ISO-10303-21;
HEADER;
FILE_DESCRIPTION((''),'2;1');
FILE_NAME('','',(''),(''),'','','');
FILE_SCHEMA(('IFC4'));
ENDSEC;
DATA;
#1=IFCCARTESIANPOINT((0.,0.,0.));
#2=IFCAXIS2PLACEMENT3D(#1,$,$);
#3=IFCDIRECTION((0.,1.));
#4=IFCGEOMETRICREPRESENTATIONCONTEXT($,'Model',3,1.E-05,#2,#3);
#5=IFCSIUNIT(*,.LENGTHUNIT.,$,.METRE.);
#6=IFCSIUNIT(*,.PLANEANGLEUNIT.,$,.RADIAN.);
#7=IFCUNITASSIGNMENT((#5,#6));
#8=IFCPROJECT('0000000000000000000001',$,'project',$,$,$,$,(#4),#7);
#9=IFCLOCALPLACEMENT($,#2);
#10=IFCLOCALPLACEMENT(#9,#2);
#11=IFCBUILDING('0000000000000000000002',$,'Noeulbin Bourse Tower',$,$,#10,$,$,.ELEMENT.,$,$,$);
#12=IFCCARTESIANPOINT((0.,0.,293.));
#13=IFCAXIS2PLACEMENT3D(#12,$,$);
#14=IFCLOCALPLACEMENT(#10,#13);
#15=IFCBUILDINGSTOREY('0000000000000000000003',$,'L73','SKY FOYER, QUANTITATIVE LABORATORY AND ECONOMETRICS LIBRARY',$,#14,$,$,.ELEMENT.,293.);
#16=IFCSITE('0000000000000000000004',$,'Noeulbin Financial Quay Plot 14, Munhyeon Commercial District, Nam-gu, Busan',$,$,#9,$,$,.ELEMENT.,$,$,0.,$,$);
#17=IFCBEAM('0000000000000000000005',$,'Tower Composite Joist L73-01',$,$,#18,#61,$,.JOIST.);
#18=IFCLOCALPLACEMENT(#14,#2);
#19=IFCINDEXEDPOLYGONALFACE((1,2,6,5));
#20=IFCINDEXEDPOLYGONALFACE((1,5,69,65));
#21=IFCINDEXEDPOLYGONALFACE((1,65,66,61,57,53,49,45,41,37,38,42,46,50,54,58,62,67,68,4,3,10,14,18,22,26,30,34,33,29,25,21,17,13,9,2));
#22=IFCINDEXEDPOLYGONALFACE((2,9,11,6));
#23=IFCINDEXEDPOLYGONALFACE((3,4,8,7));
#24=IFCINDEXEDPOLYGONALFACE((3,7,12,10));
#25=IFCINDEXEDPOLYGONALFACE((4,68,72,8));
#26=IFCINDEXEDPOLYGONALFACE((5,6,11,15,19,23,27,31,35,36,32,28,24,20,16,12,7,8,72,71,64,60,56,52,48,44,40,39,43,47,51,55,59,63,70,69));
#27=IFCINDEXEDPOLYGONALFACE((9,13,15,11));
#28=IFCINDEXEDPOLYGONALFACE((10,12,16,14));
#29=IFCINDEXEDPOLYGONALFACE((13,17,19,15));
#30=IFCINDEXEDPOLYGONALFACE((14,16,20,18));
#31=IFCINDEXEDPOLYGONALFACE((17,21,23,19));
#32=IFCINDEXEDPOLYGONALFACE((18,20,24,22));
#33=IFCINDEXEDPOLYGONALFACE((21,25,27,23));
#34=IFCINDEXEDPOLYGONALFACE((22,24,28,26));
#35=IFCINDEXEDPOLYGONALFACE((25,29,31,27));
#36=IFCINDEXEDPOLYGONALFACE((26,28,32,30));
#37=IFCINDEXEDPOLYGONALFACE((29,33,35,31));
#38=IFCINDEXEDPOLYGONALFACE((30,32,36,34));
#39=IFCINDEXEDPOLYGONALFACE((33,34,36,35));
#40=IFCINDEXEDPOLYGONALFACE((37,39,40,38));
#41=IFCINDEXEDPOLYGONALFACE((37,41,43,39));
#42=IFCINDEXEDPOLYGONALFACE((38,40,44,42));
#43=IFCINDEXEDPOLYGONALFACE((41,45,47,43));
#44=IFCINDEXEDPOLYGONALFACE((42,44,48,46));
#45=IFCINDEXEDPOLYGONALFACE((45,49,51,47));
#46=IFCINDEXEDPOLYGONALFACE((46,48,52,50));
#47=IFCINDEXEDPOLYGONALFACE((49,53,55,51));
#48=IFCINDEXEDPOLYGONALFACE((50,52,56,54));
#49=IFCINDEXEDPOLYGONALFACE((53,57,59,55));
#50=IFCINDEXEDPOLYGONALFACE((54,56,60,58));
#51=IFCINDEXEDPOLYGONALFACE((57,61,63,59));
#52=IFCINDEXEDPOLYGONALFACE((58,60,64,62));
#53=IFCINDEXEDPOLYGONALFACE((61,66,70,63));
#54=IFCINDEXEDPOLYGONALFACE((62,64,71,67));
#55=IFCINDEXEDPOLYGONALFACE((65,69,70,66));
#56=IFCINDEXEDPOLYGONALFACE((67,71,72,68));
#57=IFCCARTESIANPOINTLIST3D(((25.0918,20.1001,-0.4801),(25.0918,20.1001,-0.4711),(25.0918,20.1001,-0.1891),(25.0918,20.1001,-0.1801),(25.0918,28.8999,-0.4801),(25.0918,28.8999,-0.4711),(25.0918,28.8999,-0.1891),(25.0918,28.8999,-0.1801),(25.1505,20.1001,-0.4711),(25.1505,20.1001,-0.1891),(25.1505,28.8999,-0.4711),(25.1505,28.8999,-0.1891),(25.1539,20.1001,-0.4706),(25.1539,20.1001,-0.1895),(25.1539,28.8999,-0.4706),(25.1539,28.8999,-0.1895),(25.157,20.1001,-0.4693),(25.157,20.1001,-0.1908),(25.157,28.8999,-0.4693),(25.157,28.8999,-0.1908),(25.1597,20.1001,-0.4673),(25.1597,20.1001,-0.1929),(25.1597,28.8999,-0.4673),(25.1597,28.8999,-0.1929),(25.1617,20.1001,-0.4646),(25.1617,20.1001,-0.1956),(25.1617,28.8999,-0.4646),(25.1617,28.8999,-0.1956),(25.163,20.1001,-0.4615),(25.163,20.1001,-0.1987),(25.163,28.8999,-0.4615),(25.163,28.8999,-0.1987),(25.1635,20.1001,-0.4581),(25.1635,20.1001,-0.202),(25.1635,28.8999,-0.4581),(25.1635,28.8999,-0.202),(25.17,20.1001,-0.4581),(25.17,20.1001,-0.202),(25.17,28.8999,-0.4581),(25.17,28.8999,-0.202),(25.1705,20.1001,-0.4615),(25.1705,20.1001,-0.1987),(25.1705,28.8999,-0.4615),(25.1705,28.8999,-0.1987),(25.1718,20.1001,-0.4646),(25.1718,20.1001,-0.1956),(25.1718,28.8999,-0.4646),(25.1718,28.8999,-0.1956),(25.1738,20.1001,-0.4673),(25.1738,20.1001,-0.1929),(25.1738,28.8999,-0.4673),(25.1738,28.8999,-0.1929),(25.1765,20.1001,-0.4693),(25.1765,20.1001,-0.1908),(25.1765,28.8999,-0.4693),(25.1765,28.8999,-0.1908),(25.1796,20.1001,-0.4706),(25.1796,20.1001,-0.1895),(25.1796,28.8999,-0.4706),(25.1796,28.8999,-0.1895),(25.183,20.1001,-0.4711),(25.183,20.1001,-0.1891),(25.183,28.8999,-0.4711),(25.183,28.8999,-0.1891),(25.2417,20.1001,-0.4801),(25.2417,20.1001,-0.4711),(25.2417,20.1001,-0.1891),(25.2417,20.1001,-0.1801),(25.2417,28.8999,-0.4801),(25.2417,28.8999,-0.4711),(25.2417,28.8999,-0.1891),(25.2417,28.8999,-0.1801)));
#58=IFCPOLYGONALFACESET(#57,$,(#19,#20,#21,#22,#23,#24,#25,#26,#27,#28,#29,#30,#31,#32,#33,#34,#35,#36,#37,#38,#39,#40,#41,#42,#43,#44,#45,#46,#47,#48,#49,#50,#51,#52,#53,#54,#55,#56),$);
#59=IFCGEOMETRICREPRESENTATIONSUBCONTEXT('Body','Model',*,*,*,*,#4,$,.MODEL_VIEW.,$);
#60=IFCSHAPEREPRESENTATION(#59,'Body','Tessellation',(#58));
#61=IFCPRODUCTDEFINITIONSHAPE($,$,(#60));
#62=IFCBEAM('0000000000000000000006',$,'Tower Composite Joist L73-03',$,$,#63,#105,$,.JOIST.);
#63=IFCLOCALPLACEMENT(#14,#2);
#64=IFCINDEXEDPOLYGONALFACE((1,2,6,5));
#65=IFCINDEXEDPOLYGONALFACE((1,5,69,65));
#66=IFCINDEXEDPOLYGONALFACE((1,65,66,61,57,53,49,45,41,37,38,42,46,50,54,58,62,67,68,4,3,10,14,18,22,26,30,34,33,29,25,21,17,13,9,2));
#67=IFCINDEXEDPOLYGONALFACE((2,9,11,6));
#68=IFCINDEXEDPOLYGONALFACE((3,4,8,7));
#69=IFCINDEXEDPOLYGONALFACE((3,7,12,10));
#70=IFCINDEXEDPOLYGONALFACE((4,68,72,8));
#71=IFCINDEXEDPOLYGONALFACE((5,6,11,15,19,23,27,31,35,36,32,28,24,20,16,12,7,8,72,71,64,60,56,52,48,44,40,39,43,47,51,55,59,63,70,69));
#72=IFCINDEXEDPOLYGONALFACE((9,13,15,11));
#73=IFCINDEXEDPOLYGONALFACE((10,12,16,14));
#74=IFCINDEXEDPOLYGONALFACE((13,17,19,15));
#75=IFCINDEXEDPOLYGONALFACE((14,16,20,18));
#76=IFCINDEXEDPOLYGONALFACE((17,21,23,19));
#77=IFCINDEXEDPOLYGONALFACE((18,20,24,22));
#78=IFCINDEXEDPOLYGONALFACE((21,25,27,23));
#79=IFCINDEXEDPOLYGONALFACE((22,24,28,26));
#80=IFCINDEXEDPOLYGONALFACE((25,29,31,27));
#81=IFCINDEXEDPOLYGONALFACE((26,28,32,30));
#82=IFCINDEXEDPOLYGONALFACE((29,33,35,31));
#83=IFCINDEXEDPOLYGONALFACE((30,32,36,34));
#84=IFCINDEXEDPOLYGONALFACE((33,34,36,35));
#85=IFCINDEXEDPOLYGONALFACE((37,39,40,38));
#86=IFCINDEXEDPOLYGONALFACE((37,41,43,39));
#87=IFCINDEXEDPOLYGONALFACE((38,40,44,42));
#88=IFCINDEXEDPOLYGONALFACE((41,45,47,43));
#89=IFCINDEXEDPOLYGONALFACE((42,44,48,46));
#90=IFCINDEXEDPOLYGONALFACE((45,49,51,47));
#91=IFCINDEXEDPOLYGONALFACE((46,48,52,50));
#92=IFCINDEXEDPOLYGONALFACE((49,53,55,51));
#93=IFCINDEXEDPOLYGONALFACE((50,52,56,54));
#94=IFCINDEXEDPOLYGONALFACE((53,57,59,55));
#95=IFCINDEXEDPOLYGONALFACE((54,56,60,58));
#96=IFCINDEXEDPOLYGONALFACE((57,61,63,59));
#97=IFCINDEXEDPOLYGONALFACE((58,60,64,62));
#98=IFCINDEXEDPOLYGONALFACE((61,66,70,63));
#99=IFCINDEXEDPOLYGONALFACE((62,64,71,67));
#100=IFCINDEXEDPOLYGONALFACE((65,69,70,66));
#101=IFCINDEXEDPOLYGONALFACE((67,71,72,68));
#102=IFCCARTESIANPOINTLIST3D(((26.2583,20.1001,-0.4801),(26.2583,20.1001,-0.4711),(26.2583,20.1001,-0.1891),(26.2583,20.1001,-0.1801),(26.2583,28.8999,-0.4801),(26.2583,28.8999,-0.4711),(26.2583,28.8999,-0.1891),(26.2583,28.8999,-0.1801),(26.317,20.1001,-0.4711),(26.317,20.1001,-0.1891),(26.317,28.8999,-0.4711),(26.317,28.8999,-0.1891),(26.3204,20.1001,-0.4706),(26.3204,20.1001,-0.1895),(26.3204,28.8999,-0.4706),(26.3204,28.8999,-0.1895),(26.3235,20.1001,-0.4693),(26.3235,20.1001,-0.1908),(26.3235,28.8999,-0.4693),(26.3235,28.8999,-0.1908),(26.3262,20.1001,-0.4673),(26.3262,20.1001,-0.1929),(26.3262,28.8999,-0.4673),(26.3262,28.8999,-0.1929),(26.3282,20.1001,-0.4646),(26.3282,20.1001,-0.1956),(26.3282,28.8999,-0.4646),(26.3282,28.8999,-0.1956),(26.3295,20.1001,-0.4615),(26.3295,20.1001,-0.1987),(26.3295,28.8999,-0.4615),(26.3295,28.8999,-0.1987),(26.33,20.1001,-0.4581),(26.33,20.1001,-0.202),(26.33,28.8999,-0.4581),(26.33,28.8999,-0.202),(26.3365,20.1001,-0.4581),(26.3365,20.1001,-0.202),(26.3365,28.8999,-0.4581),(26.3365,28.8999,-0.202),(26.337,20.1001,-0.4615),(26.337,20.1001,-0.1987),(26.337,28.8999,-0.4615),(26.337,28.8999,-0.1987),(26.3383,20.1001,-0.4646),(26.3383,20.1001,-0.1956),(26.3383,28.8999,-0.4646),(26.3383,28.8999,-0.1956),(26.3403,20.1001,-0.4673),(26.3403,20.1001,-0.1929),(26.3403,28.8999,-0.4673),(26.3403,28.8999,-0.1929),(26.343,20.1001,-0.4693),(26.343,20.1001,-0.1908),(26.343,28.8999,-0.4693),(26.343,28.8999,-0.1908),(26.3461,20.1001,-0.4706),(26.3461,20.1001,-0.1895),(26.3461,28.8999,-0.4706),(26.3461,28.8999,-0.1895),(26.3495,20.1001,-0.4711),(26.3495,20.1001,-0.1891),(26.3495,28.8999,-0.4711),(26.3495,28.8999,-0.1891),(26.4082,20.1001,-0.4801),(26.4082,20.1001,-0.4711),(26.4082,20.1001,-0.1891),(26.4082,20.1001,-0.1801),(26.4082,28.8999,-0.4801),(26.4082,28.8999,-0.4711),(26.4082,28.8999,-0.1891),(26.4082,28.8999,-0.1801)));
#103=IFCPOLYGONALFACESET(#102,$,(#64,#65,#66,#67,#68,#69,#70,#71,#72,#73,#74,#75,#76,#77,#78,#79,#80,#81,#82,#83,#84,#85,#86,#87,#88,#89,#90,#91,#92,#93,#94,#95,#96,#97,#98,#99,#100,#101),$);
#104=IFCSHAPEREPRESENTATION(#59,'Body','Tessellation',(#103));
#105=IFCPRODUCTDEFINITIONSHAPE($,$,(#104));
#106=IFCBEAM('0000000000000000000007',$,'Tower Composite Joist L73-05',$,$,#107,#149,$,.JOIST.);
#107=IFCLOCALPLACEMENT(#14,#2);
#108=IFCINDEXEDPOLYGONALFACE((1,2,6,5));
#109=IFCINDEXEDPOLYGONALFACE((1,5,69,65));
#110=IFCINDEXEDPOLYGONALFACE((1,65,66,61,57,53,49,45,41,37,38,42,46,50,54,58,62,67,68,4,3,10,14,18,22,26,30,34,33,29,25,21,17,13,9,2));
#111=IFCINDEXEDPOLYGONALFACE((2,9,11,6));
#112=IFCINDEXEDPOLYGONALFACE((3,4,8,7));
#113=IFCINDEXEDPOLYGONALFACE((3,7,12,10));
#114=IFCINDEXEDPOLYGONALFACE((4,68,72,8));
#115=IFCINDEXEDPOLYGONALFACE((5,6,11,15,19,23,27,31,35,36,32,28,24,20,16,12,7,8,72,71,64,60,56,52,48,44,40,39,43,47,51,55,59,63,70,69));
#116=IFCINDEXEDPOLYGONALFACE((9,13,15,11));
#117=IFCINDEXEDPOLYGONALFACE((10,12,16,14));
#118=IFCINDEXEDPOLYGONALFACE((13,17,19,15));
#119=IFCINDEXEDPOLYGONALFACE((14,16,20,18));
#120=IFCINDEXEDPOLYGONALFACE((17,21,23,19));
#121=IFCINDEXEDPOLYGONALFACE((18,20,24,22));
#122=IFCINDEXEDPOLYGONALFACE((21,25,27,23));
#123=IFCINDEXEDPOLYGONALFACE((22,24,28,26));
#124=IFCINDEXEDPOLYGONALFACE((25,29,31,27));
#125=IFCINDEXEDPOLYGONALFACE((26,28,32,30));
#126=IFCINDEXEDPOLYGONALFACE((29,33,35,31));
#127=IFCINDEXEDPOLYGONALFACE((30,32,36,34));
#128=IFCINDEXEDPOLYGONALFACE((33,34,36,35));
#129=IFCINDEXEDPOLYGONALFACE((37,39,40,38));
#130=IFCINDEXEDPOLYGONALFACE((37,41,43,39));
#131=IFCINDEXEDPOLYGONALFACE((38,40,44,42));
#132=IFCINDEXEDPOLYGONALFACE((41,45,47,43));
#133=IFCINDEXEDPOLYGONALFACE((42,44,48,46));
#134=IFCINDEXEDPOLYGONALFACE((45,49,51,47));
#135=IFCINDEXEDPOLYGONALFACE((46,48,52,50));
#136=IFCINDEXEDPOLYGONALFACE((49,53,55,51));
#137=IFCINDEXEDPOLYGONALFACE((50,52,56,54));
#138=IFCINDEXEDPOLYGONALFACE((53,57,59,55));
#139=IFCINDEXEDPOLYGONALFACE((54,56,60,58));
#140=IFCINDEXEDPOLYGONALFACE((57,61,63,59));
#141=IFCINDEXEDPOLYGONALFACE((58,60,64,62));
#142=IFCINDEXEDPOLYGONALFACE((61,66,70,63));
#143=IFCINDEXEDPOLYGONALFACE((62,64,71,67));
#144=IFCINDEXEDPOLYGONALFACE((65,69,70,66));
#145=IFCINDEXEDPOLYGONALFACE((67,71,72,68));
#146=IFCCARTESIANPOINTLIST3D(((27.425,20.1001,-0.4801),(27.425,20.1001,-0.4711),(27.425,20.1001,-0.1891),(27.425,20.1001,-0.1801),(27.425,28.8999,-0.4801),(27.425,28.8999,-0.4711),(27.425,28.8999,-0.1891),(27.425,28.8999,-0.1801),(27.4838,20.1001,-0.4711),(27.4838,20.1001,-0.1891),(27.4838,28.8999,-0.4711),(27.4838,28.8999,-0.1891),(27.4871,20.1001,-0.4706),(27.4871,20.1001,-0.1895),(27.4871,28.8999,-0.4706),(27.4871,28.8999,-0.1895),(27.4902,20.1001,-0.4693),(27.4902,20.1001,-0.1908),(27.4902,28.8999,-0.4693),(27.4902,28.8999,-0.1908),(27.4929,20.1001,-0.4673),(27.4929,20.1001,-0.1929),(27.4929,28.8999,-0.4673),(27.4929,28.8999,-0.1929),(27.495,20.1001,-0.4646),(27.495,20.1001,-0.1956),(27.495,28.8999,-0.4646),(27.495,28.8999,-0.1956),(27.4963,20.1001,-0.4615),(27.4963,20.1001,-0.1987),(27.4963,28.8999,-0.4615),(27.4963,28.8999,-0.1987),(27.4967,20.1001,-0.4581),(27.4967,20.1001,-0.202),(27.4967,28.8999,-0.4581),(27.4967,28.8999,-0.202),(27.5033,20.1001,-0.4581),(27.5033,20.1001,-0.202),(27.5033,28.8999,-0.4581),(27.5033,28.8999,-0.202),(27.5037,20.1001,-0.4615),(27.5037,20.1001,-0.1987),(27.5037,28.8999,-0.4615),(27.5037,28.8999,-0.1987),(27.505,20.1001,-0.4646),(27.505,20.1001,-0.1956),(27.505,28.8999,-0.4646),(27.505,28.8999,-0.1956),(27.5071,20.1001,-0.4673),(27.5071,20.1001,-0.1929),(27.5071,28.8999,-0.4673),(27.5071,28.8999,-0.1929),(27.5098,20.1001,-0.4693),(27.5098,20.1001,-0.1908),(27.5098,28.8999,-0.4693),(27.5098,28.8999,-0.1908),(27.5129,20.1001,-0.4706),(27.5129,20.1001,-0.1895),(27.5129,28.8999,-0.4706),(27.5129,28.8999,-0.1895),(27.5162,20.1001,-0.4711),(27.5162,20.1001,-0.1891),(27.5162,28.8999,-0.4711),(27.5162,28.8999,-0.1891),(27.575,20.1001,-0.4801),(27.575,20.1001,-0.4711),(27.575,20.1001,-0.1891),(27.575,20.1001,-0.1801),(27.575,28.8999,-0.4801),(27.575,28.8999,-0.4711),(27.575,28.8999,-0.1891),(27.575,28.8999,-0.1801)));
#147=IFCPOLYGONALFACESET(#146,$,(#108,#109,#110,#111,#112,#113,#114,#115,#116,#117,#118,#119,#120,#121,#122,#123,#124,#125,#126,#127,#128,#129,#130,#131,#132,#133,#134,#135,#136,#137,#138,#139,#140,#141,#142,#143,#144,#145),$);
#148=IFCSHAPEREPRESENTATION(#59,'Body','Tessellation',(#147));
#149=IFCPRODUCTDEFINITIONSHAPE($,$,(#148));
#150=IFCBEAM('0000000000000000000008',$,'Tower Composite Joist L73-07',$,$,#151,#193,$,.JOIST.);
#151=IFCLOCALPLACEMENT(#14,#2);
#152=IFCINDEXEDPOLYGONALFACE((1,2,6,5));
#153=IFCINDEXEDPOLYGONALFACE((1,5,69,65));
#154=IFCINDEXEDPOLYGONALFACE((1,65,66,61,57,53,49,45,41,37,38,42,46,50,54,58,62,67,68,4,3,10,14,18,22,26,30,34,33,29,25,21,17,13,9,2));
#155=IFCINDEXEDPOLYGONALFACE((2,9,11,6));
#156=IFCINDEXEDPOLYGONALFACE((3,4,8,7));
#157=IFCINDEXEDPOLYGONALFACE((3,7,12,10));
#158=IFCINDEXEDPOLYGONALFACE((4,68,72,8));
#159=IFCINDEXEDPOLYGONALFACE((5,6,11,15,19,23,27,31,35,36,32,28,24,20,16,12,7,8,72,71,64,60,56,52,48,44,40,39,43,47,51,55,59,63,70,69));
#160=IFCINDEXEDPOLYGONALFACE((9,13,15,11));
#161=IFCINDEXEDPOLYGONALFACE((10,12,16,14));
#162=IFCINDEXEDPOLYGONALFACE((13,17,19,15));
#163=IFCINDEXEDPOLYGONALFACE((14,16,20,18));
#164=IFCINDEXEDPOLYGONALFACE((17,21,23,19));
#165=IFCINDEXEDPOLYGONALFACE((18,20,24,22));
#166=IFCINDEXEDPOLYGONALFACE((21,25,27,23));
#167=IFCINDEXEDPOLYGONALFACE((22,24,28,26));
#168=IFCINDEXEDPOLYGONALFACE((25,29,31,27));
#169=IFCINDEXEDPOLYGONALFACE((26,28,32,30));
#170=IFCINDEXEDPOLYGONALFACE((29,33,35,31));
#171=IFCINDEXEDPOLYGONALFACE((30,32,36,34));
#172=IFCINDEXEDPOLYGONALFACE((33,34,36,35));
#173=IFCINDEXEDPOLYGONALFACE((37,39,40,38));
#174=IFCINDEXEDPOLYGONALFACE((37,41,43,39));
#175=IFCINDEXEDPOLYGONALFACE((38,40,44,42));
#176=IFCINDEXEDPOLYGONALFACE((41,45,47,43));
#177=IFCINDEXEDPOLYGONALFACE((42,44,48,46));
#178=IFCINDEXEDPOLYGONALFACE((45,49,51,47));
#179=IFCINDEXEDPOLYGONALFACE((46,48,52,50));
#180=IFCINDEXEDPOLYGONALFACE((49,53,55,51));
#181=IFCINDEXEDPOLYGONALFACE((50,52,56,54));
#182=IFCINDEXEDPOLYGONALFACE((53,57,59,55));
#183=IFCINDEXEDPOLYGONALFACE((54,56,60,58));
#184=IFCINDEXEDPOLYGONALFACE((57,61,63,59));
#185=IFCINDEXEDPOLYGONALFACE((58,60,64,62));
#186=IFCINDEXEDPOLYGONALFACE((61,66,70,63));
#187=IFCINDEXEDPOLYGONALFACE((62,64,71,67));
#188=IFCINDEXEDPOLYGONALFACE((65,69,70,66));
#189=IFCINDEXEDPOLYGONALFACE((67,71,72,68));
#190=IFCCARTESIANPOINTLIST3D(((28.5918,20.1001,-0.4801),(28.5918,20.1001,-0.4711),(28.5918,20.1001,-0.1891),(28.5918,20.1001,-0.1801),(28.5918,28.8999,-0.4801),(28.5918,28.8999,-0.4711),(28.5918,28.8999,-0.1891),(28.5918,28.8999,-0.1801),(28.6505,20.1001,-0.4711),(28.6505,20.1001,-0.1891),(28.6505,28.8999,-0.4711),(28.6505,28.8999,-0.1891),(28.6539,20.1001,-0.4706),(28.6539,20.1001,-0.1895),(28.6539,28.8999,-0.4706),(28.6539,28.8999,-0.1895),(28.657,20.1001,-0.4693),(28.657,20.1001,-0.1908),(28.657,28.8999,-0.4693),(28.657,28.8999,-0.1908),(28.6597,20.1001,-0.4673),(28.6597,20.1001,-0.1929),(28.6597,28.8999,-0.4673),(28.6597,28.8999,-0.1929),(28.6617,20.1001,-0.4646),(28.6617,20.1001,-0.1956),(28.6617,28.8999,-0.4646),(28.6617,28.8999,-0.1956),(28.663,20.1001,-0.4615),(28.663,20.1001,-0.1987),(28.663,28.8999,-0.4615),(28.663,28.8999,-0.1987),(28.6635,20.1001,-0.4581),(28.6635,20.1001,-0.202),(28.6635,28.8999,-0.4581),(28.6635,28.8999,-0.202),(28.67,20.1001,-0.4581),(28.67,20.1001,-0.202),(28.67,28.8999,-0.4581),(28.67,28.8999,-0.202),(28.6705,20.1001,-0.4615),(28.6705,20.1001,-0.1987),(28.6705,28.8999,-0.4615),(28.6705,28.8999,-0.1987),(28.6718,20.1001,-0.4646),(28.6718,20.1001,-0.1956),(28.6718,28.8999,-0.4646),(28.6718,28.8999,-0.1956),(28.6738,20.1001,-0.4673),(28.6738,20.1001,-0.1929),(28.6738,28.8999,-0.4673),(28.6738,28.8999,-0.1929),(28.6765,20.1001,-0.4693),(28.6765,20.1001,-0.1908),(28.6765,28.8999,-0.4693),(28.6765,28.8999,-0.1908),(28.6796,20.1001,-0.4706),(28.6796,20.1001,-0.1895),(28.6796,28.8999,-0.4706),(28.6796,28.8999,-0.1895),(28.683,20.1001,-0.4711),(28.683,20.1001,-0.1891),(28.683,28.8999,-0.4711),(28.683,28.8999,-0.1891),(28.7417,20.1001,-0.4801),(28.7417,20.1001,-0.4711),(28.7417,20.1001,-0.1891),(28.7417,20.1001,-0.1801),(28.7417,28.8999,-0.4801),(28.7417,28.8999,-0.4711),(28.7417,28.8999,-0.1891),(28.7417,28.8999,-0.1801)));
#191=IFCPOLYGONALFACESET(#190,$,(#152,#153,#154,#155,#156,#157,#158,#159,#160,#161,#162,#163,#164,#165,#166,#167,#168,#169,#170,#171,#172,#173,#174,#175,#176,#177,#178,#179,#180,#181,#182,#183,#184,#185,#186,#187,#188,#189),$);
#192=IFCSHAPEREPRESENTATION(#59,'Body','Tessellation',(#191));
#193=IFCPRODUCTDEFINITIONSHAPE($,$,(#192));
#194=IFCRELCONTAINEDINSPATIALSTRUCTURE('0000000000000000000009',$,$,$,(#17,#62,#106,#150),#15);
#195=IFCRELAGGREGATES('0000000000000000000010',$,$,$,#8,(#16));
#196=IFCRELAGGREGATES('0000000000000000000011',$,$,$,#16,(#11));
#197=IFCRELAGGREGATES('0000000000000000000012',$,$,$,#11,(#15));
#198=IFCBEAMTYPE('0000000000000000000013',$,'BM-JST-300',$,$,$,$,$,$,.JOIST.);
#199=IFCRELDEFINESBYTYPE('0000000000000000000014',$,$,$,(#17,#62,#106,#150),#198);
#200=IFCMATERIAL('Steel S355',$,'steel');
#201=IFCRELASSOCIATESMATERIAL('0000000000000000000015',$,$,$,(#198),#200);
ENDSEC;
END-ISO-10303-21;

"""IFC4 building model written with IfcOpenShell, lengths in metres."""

from ifc_helpers import new_model, si_unit, direction, frame, origin, origin_2d, place, context, subcontext, project, spatial, i_section, extrude, material, material_profile, profile_set, type_object, element, save


model = new_model("IFC4")

# Units and contexts
model_context = context("Model", 3, precision=1e-05, world=origin(), true_north=direction((0.0, 1.0)))
body_context = subcontext(model_context, "Body", "Model", "MODEL_VIEW")
ifc_project = project(units=[si_unit("LENGTHUNIT", "METRE"), si_unit("PLANEANGLEUNIT", "RADIAN")], contexts=[model_context])

# Site, building, storey
site_placement = place(None, origin())
site = spatial("IfcSite", under=ifc_project, at=site_placement, Name="Noeulbin Financial Quay Plot 14, Munhyeon Commercial District, Nam-gu, Busan", CompositionType="ELEMENT", RefElevation=0.0)
building_placement = place(site_placement, origin())
building = spatial("IfcBuilding", under=site, at=building_placement, Name="Noeulbin Bourse Tower", CompositionType="ELEMENT")
storey_placement = place(building_placement, frame((0.0, 0.0, 293.0)))
storey = spatial("IfcBuildingStorey", under=building, at=storey_placement, Name="L73", Description="SKY FOYER, QUANTITATIVE LABORATORY AND ECONOMETRICS LIBRARY", CompositionType="ELEMENT", Elevation=293.0)

# Shared definitions
ifc_material_1 = material(Name="Steel S355", Category="steel")

# Beams
ifc_material_profile_1 = material_profile(ifc_material_1, i_section(OverallWidth=0.1499, OverallDepth=0.3, WebThickness=0.0066, FlangeThickness=0.009, FilletRadius=0.0129, at=origin_2d()), Name="H-300x150x6.5x9", Category="LoadBearing")
ifc_profile_set_1 = profile_set([ifc_material_profile_1], Name="Steel S355")
beam_type_1 = type_object("IfcBeamType", Name="BM-JST-300", PredefinedType="JOIST", material=ifc_profile_set_1)
for number, where, z_axis, x_axis, name in (
    (1, (25.1667, 20.1001, -0.3301), (0.0, 1.0, 0.0), (-1.0, 0.0, 0.0), "Tower Composite Joist L73-01"),
    (2, (26.3333, 20.1001, -0.3301), (0.0, 1.0, 0.0), (-1.0, 0.0, 0.0), "Tower Composite Joist L73-03"),
    (3, (27.5, 20.1001, -0.3301), (0.0, 1.0, 0.0), (-1.0, 0.0, 0.0), "Tower Composite Joist L73-05"),
    (4, (28.6667, 20.1001, -0.3301), (0.0, 1.0, 0.0), (-1.0, 0.0, 0.0), "Tower Composite Joist L73-07"),
):
    element("IfcBeam", number, at=place(storey_placement, frame(where, z_axis=z_axis, x_axis=x_axis)), inside=storey, type_object=beam_type_1, Name=name, PredefinedType="JOIST", context=body_context, shape_type="SweptSolid", body=[
        extrude(i_section(OverallWidth=0.1499, OverallDepth=0.3, WebThickness=0.0066, FlangeThickness=0.009, FilletRadius=0.0129, at=origin_2d()), origin(), (0.0, 0.0, 1.0), 8.7998),
    ])

save(model, "model.ifc")
